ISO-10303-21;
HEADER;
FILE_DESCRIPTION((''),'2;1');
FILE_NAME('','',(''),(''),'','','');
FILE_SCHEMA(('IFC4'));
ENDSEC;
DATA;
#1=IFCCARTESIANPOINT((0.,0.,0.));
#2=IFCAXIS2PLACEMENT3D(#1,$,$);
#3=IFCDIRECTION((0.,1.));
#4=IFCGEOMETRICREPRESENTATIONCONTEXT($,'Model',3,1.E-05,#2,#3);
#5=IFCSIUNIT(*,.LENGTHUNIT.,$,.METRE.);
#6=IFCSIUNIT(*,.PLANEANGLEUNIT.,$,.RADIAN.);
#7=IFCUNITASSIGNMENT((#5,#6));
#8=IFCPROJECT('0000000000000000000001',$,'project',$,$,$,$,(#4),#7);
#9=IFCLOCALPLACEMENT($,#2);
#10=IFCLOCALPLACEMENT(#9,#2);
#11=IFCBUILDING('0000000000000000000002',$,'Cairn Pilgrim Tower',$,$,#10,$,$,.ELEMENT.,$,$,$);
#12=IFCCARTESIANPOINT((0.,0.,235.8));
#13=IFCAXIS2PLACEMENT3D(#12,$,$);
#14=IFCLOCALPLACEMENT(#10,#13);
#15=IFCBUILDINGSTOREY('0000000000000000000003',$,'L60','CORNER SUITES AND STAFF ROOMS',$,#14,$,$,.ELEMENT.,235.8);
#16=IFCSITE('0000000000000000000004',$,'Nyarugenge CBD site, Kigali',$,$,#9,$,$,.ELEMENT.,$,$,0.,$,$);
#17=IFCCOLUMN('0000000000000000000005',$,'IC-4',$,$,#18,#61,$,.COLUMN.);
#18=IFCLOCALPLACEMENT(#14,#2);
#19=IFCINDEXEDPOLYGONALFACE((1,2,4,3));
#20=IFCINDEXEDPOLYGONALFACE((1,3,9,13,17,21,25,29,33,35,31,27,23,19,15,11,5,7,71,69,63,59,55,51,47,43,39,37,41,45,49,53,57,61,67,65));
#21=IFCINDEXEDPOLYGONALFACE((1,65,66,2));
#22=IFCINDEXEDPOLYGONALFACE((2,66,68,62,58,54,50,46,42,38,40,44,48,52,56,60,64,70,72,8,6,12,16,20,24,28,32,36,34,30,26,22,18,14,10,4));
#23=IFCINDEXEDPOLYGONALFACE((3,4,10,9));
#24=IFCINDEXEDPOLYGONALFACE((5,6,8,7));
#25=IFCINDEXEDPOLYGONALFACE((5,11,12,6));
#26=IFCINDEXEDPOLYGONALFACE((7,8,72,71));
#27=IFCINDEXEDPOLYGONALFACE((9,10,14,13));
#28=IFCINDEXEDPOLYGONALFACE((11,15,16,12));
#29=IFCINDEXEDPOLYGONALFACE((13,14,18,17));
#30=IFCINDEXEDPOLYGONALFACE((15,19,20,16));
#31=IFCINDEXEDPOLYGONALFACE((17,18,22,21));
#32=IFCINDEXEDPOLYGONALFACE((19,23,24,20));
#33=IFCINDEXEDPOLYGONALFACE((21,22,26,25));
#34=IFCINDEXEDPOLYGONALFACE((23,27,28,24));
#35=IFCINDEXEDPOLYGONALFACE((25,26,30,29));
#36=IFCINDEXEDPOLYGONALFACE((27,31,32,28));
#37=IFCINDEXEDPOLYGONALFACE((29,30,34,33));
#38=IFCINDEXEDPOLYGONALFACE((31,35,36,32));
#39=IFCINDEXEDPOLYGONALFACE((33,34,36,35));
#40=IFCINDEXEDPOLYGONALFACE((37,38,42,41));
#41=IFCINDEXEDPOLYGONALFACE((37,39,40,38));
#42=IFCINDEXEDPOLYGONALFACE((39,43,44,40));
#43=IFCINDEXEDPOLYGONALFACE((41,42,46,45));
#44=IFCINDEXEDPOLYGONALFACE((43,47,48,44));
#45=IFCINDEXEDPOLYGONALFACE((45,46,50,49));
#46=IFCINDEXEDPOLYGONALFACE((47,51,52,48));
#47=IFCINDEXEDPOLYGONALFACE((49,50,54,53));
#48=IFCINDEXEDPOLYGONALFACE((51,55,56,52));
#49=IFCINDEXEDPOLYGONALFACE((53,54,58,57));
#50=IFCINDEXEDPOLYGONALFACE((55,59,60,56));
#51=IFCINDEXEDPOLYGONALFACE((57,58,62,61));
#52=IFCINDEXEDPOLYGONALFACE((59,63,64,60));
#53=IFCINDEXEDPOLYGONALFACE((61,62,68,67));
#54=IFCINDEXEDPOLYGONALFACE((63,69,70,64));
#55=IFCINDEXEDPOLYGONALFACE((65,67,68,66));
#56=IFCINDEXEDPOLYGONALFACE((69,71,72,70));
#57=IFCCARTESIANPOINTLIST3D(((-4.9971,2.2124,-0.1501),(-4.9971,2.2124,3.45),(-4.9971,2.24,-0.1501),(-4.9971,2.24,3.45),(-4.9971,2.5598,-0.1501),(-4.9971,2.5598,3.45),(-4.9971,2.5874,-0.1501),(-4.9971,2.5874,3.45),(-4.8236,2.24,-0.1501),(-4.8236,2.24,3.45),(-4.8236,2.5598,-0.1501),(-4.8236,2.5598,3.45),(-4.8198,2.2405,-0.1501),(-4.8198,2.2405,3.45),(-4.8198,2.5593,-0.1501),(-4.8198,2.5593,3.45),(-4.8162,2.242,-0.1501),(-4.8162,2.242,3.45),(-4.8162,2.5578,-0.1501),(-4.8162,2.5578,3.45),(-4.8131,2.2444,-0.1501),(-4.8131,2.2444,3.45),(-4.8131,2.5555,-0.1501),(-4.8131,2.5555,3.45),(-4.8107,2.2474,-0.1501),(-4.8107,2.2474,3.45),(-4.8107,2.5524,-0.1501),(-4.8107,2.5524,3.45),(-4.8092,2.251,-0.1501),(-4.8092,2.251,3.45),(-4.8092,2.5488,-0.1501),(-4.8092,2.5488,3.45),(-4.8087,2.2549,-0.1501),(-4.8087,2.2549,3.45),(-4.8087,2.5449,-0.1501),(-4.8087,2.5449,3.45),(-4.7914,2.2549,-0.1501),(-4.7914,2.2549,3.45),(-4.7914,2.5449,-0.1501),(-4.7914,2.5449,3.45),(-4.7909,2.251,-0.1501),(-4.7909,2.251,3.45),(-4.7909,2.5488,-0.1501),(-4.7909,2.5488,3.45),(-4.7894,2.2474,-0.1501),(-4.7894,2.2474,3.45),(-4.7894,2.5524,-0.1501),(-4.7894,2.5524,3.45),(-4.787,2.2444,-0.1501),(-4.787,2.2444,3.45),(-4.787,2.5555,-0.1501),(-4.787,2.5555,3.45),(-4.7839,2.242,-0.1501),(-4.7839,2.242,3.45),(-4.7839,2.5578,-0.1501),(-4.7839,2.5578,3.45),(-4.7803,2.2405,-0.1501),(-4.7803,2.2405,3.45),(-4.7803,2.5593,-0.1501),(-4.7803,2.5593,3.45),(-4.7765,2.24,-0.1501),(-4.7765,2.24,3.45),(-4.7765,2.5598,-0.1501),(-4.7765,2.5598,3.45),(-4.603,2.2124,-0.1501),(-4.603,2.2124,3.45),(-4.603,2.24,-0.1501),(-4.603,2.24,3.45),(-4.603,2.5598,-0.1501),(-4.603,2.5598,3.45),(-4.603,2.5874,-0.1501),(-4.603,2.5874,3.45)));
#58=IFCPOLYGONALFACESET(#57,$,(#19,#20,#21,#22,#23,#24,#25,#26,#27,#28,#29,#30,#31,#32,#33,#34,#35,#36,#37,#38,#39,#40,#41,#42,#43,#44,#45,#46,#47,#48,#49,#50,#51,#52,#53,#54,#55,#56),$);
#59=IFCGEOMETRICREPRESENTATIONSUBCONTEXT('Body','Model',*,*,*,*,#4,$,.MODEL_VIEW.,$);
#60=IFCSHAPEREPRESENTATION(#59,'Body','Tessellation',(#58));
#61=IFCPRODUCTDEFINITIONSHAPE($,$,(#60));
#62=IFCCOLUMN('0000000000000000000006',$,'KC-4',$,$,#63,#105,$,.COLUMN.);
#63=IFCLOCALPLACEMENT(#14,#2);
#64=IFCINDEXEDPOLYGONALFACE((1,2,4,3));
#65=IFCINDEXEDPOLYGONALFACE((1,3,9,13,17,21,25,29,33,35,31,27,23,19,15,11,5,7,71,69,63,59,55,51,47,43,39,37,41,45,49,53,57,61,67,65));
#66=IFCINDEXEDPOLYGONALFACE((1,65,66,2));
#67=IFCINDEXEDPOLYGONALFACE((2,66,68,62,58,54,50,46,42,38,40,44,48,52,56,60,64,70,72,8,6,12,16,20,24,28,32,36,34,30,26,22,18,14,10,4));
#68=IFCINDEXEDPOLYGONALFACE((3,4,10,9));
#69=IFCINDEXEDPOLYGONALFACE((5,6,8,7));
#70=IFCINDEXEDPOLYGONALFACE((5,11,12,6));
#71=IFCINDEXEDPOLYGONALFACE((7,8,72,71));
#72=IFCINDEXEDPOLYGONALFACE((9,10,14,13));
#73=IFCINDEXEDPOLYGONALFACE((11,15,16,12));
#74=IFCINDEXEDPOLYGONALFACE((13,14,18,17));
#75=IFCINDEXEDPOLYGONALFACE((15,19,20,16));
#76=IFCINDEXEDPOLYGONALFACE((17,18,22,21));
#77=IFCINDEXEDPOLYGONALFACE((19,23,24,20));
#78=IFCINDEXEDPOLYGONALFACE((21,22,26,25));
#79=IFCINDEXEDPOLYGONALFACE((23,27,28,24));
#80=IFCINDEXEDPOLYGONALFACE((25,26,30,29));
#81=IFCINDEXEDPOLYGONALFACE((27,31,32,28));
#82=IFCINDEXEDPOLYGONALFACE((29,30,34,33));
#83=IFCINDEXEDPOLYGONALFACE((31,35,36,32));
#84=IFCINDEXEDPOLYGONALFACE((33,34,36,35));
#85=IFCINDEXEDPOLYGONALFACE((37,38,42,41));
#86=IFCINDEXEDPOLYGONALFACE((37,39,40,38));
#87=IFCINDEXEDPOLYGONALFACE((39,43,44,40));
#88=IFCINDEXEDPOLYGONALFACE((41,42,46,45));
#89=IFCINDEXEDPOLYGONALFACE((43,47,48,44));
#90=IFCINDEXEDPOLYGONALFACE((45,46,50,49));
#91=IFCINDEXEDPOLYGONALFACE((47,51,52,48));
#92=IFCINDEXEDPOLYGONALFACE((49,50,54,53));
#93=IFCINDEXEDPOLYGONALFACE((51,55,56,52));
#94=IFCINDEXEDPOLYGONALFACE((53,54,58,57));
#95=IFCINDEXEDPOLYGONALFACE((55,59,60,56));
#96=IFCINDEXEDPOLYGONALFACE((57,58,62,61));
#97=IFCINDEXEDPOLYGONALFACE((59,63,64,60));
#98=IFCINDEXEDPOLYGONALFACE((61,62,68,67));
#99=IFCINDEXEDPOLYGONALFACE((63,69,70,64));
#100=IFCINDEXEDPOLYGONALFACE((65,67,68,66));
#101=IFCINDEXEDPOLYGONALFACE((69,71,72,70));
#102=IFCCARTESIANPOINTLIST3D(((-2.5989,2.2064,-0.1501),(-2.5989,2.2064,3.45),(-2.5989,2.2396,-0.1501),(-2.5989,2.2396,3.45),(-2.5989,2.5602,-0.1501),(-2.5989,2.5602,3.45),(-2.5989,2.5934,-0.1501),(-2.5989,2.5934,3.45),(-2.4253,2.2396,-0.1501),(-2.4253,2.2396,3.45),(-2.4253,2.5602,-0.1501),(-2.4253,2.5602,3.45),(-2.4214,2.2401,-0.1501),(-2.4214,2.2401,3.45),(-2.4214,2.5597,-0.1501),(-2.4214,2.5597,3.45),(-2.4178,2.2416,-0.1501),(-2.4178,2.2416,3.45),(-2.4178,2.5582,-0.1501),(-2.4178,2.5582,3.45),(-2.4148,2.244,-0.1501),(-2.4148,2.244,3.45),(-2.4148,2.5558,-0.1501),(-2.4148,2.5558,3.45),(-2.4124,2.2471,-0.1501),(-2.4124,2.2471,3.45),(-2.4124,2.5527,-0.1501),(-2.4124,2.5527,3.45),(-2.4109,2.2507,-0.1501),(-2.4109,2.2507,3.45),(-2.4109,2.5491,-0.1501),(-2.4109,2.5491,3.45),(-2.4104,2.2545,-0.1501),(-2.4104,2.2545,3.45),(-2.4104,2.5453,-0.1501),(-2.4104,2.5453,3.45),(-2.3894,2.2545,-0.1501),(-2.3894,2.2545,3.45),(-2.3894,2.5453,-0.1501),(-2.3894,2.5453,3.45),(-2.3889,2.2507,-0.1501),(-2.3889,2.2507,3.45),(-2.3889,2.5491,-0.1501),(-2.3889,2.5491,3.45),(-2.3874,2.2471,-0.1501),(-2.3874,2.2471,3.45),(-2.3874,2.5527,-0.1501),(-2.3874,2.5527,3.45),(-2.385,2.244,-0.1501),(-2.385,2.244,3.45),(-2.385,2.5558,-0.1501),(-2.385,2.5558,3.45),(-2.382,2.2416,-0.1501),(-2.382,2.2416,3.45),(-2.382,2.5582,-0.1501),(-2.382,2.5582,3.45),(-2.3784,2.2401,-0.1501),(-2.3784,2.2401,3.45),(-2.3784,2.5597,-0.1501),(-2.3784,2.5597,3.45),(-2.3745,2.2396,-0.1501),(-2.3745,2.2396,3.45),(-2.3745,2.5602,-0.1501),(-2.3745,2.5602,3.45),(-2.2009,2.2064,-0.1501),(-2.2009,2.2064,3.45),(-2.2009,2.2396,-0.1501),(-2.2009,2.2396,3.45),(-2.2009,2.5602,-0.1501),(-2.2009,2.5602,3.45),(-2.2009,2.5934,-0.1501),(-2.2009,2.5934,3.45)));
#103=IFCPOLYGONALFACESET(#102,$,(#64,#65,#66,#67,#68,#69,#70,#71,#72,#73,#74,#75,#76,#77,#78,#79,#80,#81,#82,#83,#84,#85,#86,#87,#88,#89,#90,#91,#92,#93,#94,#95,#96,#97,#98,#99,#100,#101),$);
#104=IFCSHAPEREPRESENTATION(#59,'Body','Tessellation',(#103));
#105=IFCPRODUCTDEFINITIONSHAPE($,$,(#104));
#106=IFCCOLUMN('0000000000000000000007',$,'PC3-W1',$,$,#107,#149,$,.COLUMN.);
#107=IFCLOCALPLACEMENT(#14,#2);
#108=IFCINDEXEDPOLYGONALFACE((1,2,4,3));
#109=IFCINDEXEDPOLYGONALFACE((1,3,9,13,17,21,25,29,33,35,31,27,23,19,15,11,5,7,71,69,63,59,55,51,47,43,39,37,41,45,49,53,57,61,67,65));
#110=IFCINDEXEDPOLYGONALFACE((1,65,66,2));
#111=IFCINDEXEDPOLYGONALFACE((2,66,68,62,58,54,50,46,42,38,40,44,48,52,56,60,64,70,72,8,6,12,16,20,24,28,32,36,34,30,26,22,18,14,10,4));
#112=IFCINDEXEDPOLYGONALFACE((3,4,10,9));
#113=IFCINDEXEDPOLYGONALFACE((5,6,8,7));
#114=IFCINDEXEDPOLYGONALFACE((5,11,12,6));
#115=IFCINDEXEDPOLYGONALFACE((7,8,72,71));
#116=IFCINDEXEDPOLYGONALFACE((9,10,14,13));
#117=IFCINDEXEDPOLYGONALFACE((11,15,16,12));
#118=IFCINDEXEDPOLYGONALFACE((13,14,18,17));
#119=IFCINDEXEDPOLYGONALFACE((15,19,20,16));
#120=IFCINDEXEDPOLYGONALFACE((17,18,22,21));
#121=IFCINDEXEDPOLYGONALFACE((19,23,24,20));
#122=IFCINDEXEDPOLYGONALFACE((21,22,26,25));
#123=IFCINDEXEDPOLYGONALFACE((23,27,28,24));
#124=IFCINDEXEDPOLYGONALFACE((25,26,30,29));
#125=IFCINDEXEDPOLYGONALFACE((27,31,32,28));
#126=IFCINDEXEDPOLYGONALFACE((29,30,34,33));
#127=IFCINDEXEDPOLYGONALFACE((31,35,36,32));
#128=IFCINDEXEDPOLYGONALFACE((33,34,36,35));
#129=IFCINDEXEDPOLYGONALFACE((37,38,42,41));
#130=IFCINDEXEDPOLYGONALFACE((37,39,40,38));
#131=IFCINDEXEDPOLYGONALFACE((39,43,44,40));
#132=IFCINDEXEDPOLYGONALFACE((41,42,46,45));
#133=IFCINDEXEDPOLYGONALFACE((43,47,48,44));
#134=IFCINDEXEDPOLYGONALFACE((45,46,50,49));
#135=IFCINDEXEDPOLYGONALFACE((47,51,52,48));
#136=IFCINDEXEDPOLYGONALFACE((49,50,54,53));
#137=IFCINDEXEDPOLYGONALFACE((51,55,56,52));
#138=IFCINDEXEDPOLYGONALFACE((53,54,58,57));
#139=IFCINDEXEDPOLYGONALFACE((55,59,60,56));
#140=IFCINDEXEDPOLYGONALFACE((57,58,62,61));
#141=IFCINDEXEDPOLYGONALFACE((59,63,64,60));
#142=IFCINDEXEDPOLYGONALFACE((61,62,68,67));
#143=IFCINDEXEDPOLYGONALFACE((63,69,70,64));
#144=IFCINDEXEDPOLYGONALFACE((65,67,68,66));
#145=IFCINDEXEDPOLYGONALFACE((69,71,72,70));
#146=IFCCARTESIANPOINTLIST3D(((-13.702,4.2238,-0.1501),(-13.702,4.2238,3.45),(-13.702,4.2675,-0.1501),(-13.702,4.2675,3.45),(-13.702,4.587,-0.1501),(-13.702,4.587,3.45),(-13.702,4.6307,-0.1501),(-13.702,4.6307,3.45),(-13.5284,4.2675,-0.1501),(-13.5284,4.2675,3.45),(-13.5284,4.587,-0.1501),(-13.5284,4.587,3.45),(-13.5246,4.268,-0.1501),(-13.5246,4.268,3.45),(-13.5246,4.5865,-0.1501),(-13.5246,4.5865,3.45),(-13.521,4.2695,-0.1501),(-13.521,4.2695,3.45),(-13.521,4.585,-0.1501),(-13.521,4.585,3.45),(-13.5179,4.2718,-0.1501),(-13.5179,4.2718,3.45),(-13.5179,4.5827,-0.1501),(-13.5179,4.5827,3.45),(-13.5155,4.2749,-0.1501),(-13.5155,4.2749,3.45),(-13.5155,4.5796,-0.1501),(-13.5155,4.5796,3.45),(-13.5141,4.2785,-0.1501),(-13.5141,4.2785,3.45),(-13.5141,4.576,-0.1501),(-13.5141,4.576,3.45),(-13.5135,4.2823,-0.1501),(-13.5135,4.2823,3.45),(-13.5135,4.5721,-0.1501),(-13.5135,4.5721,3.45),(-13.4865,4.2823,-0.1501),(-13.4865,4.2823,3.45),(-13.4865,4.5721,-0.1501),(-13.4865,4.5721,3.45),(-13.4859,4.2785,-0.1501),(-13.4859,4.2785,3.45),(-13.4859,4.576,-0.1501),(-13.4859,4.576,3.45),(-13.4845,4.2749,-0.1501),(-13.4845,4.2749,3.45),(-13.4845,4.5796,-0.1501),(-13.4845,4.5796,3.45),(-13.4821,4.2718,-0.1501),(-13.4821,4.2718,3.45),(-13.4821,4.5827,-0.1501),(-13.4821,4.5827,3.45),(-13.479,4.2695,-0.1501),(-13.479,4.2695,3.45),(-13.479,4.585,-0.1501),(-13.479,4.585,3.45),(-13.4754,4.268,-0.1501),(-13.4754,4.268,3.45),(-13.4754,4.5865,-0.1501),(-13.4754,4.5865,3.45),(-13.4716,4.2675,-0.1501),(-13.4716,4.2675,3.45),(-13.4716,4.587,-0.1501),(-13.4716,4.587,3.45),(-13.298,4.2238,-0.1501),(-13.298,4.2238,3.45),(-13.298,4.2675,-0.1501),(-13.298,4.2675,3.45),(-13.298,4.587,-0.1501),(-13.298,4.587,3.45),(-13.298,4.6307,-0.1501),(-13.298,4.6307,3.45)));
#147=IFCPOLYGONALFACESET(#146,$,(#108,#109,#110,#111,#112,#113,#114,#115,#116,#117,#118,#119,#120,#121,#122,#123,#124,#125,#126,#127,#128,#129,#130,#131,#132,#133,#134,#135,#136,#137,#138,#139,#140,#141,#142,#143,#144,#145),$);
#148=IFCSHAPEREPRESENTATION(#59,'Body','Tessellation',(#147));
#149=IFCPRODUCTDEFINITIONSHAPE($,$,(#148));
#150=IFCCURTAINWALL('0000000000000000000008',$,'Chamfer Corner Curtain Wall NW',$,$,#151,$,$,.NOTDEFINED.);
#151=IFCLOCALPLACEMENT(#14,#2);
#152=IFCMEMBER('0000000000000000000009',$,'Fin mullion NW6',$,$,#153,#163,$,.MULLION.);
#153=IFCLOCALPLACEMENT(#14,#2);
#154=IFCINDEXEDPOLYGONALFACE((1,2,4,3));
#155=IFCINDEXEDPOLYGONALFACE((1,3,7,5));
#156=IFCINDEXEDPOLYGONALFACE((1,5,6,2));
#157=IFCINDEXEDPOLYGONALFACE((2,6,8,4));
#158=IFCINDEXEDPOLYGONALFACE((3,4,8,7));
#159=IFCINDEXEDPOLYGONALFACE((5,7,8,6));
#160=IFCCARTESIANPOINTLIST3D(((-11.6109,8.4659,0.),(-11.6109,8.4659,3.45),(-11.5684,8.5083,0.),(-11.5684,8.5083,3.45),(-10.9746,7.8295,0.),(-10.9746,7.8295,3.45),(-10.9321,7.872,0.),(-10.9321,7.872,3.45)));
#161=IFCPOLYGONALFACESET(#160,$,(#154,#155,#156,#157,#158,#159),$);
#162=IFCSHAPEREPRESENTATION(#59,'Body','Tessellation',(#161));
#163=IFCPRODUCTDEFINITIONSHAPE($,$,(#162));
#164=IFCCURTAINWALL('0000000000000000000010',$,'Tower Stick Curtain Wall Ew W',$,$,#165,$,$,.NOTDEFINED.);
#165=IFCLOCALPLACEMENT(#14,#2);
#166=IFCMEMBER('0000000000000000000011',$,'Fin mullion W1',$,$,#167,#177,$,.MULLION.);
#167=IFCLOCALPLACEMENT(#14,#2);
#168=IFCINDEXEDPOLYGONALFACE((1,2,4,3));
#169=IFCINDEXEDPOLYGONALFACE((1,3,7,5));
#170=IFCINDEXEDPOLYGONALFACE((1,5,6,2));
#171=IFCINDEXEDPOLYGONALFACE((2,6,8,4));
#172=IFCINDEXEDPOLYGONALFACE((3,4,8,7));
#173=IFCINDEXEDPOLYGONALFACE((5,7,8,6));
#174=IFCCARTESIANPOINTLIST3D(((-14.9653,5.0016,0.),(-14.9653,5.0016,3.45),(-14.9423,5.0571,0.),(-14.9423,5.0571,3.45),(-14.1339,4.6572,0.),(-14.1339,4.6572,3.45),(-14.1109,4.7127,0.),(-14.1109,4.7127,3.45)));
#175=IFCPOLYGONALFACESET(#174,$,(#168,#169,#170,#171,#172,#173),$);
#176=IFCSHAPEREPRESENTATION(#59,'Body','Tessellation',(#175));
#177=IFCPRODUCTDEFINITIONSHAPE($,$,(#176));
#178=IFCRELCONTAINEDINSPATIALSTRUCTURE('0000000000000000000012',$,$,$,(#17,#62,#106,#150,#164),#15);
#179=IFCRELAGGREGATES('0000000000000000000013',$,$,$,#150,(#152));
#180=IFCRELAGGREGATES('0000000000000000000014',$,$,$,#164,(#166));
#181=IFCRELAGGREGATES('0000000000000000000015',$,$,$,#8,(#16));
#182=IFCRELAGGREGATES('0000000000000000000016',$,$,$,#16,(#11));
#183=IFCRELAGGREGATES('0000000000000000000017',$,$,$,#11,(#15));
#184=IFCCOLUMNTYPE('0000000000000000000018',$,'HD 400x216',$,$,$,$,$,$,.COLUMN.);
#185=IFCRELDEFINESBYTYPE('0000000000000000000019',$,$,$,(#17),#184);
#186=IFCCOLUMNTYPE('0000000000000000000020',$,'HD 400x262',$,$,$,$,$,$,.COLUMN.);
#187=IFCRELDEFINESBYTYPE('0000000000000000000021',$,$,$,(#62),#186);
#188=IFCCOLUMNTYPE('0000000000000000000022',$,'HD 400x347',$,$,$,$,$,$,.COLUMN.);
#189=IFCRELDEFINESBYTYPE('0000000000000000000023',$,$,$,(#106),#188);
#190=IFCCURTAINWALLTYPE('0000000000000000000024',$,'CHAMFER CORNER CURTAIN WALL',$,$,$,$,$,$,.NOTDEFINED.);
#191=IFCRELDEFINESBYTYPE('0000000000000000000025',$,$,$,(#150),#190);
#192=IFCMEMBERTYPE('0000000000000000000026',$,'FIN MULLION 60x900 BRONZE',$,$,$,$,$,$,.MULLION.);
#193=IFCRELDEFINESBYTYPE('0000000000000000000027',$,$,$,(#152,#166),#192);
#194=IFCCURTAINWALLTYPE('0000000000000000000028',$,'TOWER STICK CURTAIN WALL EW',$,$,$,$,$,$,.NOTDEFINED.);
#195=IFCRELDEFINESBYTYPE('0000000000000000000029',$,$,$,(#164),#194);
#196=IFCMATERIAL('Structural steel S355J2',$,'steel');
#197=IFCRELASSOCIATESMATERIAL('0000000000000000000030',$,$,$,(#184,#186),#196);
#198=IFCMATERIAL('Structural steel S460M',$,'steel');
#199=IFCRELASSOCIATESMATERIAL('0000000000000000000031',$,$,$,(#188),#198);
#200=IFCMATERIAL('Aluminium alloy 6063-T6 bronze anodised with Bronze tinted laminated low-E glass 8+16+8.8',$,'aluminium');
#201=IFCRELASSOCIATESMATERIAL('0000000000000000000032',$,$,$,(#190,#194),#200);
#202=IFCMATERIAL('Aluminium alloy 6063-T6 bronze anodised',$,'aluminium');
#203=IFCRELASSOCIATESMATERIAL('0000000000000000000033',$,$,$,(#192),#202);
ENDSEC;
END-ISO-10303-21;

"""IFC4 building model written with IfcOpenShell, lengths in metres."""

from ifc_helpers import new_model, si_unit, direction, frame, origin, origin_2d, place, context, subcontext, project, spatial, rectangle, i_section, extrude, material, material_profile, profile_set, type_object, element, aggregate, save


model = new_model("IFC4")

# Units and contexts
model_context = context("Model", 3, precision=1e-05, world=origin(), true_north=direction((0.0, 1.0)))
body_context = subcontext(model_context, "Body", "Model", "MODEL_VIEW")
ifc_project = project(units=[si_unit("LENGTHUNIT", "METRE"), si_unit("PLANEANGLEUNIT", "RADIAN")], contexts=[model_context])

# Site, building, storey
site_placement = place(None, origin())
site = spatial("IfcSite", under=ifc_project, at=site_placement, Name="Nyarugenge CBD site, Kigali", CompositionType="ELEMENT", RefElevation=0.0)
building_placement = place(site_placement, origin())
building = spatial("IfcBuilding", under=site, at=building_placement, Name="Cairn Pilgrim Tower", CompositionType="ELEMENT")
storey_placement = place(building_placement, frame((0.0, 0.0, 235.8)))
storey = spatial("IfcBuildingStorey", under=building, at=storey_placement, Name="L60", Description="CORNER SUITES AND STAFF ROOMS", CompositionType="ELEMENT", Elevation=235.8)

# Columns
ifc_material_1 = material(Name="Structural steel S355J2", Category="steel")
ifc_material_profile_1 = material_profile(ifc_material_1, i_section(OverallWidth=0.394, OverallDepth=0.375, WebThickness=0.0173, FlangeThickness=0.0276, FilletRadius=0.0149, at=origin_2d()), Name="HD 400x216")
ifc_profile_set_1 = profile_set([ifc_material_profile_1], Name="Structural steel S355J2")
column_type_1 = type_object("IfcColumnType", Name="HD 400x216", PredefinedType="COLUMN", material=ifc_profile_set_1)
column_1_placement = place(storey_placement, frame((-4.8, 2.3999, -0.1501), z_axis=(0.0, 0.0, 1.0), x_axis=(1.0, 0.0, 0.0)))
element("IfcColumn", 1, at=column_1_placement, inside=storey, type_object=column_type_1, Name="IC-4", PredefinedType="COLUMN", context=body_context, shape_type="SweptSolid", body=[
    extrude(i_section(OverallWidth=0.394, OverallDepth=0.375, WebThickness=0.0173, FlangeThickness=0.0276, FilletRadius=0.0149, at=origin_2d()), origin(), (0.0, 0.0, 1.0), 3.6001),
])
ifc_material_profile_2 = material_profile(ifc_material_1, i_section(OverallWidth=0.3979, OverallDepth=0.387, WebThickness=0.021, FlangeThickness=0.0332, FilletRadius=0.0149, at=origin_2d()), Name="HD 400x262")
ifc_profile_set_2 = profile_set([ifc_material_profile_2], Name="Structural steel S355J2")
column_type_2 = type_object("IfcColumnType", Name="HD 400x262", PredefinedType="COLUMN", material=ifc_profile_set_2)
column_2_placement = place(storey_placement, frame((-2.3999, 2.3999, -0.1501), z_axis=(0.0, 0.0, 1.0), x_axis=(1.0, 0.0, 0.0)))
element("IfcColumn", 2, at=column_2_placement, inside=storey, type_object=column_type_2, Name="KC-4", PredefinedType="COLUMN", context=body_context, shape_type="SweptSolid", body=[
    extrude(i_section(OverallWidth=0.3979, OverallDepth=0.387, WebThickness=0.021, FlangeThickness=0.0332, FilletRadius=0.0149, at=origin_2d()), origin(), (0.0, 0.0, 1.0), 3.6001),
])
ifc_material_2 = material(Name="Structural steel S460M", Category="steel")
ifc_material_profile_3 = material_profile(ifc_material_2, i_section(OverallWidth=0.4041, OverallDepth=0.407, WebThickness=0.0271, FlangeThickness=0.0437, FilletRadius=0.0149, at=origin_2d()), Name="HD 400x347")
ifc_profile_set_3 = profile_set([ifc_material_profile_3], Name="Structural steel S460M")
column_type_3 = type_object("IfcColumnType", Name="HD 400x347", PredefinedType="COLUMN", material=ifc_profile_set_3)
column_3_placement = place(storey_placement, frame((-13.5, 4.4272, -0.1501), z_axis=(0.0, 0.0, 1.0), x_axis=(1.0, 0.0, 0.0)))
element("IfcColumn", 3, at=column_3_placement, inside=storey, type_object=column_type_3, Name="PC3-W1", PredefinedType="COLUMN", context=body_context, shape_type="SweptSolid", body=[
    extrude(i_section(OverallWidth=0.4041, OverallDepth=0.407, WebThickness=0.0271, FlangeThickness=0.0437, FilletRadius=0.0149, at=origin_2d()), origin(), (0.0, 0.0, 1.0), 3.6001),
])

# Curtain walls, members
ifc_material_3 = material(Name="Aluminium alloy 6063-T6 bronze anodised with Bronze tinted laminated low-E glass 8+16+8.8", Category="aluminium")
curtain_wall_type_1 = type_object("IfcCurtainWallType", Name="CHAMFER CORNER CURTAIN WALL", PredefinedType="NOTDEFINED", material=ifc_material_3)
curtain_wall_1_placement = place(storey_placement, origin())
curtain_wall_1 = element("IfcCurtainWall", 4, at=curtain_wall_1_placement, inside=storey, type_object=curtain_wall_type_1, Name="Chamfer Corner Curtain Wall NW", PredefinedType="NOTDEFINED")
ifc_material_4 = material(Name="Aluminium alloy 6063-T6 bronze anodised", Category="aluminium")
ifc_material_profile_4 = material_profile(ifc_material_4, rectangle(XDim=0.8999, YDim=0.0601, at=origin_2d()), Name="FIN MULLION 60x900 BRONZE")
ifc_profile_set_4 = profile_set([ifc_material_profile_4], Name="Aluminium alloy 6063-T6 bronze anodised")
member_type_1 = type_object("IfcMemberType", Name="FIN MULLION 60x900 BRONZE", PredefinedType="MULLION", material=ifc_profile_set_4)
member_1_placement = place(storey_placement, frame((-11.2715, 8.1689, 0.0), z_axis=(0.0, 0.0, 1.0), x_axis=(-0.707107, 0.707107, 0.0)))
member_1 = element("IfcMember", 5, at=member_1_placement, type_object=member_type_1, Name="Fin mullion NW6", PredefinedType="MULLION", context=body_context, shape_type="SweptSolid", body=[
    extrude(rectangle(XDim=0.8999, YDim=0.0601, at=origin_2d()), origin(), (0.0, 0.0, 1.0), 3.45),
])
curtain_wall_type_2 = type_object("IfcCurtainWallType", Name="TOWER STICK CURTAIN WALL EW", PredefinedType="NOTDEFINED", material=ifc_material_3)
curtain_wall_2_placement = place(storey_placement, origin())
curtain_wall_2 = element("IfcCurtainWall", 6, at=curtain_wall_2_placement, inside=storey, type_object=curtain_wall_type_2, Name="Tower Stick Curtain Wall Ew W", PredefinedType="NOTDEFINED")
member_2_placement = place(storey_placement, frame((-14.5381, 4.8572, 0.0), z_axis=(0.0, 0.0, 1.0), x_axis=(-0.92388, 0.382683, 0.0)))
member_2 = element("IfcMember", 7, at=member_2_placement, type_object=member_type_1, Name="Fin mullion W1", PredefinedType="MULLION", context=body_context, shape_type="SweptSolid", body=[
    extrude(rectangle(XDim=0.8999, YDim=0.0601, at=origin_2d()), origin(), (0.0, 0.0, 1.0), 3.45),
])

aggregate(curtain_wall_1, [member_1])
aggregate(curtain_wall_2, [member_2])

save(model, "model.ifc")
